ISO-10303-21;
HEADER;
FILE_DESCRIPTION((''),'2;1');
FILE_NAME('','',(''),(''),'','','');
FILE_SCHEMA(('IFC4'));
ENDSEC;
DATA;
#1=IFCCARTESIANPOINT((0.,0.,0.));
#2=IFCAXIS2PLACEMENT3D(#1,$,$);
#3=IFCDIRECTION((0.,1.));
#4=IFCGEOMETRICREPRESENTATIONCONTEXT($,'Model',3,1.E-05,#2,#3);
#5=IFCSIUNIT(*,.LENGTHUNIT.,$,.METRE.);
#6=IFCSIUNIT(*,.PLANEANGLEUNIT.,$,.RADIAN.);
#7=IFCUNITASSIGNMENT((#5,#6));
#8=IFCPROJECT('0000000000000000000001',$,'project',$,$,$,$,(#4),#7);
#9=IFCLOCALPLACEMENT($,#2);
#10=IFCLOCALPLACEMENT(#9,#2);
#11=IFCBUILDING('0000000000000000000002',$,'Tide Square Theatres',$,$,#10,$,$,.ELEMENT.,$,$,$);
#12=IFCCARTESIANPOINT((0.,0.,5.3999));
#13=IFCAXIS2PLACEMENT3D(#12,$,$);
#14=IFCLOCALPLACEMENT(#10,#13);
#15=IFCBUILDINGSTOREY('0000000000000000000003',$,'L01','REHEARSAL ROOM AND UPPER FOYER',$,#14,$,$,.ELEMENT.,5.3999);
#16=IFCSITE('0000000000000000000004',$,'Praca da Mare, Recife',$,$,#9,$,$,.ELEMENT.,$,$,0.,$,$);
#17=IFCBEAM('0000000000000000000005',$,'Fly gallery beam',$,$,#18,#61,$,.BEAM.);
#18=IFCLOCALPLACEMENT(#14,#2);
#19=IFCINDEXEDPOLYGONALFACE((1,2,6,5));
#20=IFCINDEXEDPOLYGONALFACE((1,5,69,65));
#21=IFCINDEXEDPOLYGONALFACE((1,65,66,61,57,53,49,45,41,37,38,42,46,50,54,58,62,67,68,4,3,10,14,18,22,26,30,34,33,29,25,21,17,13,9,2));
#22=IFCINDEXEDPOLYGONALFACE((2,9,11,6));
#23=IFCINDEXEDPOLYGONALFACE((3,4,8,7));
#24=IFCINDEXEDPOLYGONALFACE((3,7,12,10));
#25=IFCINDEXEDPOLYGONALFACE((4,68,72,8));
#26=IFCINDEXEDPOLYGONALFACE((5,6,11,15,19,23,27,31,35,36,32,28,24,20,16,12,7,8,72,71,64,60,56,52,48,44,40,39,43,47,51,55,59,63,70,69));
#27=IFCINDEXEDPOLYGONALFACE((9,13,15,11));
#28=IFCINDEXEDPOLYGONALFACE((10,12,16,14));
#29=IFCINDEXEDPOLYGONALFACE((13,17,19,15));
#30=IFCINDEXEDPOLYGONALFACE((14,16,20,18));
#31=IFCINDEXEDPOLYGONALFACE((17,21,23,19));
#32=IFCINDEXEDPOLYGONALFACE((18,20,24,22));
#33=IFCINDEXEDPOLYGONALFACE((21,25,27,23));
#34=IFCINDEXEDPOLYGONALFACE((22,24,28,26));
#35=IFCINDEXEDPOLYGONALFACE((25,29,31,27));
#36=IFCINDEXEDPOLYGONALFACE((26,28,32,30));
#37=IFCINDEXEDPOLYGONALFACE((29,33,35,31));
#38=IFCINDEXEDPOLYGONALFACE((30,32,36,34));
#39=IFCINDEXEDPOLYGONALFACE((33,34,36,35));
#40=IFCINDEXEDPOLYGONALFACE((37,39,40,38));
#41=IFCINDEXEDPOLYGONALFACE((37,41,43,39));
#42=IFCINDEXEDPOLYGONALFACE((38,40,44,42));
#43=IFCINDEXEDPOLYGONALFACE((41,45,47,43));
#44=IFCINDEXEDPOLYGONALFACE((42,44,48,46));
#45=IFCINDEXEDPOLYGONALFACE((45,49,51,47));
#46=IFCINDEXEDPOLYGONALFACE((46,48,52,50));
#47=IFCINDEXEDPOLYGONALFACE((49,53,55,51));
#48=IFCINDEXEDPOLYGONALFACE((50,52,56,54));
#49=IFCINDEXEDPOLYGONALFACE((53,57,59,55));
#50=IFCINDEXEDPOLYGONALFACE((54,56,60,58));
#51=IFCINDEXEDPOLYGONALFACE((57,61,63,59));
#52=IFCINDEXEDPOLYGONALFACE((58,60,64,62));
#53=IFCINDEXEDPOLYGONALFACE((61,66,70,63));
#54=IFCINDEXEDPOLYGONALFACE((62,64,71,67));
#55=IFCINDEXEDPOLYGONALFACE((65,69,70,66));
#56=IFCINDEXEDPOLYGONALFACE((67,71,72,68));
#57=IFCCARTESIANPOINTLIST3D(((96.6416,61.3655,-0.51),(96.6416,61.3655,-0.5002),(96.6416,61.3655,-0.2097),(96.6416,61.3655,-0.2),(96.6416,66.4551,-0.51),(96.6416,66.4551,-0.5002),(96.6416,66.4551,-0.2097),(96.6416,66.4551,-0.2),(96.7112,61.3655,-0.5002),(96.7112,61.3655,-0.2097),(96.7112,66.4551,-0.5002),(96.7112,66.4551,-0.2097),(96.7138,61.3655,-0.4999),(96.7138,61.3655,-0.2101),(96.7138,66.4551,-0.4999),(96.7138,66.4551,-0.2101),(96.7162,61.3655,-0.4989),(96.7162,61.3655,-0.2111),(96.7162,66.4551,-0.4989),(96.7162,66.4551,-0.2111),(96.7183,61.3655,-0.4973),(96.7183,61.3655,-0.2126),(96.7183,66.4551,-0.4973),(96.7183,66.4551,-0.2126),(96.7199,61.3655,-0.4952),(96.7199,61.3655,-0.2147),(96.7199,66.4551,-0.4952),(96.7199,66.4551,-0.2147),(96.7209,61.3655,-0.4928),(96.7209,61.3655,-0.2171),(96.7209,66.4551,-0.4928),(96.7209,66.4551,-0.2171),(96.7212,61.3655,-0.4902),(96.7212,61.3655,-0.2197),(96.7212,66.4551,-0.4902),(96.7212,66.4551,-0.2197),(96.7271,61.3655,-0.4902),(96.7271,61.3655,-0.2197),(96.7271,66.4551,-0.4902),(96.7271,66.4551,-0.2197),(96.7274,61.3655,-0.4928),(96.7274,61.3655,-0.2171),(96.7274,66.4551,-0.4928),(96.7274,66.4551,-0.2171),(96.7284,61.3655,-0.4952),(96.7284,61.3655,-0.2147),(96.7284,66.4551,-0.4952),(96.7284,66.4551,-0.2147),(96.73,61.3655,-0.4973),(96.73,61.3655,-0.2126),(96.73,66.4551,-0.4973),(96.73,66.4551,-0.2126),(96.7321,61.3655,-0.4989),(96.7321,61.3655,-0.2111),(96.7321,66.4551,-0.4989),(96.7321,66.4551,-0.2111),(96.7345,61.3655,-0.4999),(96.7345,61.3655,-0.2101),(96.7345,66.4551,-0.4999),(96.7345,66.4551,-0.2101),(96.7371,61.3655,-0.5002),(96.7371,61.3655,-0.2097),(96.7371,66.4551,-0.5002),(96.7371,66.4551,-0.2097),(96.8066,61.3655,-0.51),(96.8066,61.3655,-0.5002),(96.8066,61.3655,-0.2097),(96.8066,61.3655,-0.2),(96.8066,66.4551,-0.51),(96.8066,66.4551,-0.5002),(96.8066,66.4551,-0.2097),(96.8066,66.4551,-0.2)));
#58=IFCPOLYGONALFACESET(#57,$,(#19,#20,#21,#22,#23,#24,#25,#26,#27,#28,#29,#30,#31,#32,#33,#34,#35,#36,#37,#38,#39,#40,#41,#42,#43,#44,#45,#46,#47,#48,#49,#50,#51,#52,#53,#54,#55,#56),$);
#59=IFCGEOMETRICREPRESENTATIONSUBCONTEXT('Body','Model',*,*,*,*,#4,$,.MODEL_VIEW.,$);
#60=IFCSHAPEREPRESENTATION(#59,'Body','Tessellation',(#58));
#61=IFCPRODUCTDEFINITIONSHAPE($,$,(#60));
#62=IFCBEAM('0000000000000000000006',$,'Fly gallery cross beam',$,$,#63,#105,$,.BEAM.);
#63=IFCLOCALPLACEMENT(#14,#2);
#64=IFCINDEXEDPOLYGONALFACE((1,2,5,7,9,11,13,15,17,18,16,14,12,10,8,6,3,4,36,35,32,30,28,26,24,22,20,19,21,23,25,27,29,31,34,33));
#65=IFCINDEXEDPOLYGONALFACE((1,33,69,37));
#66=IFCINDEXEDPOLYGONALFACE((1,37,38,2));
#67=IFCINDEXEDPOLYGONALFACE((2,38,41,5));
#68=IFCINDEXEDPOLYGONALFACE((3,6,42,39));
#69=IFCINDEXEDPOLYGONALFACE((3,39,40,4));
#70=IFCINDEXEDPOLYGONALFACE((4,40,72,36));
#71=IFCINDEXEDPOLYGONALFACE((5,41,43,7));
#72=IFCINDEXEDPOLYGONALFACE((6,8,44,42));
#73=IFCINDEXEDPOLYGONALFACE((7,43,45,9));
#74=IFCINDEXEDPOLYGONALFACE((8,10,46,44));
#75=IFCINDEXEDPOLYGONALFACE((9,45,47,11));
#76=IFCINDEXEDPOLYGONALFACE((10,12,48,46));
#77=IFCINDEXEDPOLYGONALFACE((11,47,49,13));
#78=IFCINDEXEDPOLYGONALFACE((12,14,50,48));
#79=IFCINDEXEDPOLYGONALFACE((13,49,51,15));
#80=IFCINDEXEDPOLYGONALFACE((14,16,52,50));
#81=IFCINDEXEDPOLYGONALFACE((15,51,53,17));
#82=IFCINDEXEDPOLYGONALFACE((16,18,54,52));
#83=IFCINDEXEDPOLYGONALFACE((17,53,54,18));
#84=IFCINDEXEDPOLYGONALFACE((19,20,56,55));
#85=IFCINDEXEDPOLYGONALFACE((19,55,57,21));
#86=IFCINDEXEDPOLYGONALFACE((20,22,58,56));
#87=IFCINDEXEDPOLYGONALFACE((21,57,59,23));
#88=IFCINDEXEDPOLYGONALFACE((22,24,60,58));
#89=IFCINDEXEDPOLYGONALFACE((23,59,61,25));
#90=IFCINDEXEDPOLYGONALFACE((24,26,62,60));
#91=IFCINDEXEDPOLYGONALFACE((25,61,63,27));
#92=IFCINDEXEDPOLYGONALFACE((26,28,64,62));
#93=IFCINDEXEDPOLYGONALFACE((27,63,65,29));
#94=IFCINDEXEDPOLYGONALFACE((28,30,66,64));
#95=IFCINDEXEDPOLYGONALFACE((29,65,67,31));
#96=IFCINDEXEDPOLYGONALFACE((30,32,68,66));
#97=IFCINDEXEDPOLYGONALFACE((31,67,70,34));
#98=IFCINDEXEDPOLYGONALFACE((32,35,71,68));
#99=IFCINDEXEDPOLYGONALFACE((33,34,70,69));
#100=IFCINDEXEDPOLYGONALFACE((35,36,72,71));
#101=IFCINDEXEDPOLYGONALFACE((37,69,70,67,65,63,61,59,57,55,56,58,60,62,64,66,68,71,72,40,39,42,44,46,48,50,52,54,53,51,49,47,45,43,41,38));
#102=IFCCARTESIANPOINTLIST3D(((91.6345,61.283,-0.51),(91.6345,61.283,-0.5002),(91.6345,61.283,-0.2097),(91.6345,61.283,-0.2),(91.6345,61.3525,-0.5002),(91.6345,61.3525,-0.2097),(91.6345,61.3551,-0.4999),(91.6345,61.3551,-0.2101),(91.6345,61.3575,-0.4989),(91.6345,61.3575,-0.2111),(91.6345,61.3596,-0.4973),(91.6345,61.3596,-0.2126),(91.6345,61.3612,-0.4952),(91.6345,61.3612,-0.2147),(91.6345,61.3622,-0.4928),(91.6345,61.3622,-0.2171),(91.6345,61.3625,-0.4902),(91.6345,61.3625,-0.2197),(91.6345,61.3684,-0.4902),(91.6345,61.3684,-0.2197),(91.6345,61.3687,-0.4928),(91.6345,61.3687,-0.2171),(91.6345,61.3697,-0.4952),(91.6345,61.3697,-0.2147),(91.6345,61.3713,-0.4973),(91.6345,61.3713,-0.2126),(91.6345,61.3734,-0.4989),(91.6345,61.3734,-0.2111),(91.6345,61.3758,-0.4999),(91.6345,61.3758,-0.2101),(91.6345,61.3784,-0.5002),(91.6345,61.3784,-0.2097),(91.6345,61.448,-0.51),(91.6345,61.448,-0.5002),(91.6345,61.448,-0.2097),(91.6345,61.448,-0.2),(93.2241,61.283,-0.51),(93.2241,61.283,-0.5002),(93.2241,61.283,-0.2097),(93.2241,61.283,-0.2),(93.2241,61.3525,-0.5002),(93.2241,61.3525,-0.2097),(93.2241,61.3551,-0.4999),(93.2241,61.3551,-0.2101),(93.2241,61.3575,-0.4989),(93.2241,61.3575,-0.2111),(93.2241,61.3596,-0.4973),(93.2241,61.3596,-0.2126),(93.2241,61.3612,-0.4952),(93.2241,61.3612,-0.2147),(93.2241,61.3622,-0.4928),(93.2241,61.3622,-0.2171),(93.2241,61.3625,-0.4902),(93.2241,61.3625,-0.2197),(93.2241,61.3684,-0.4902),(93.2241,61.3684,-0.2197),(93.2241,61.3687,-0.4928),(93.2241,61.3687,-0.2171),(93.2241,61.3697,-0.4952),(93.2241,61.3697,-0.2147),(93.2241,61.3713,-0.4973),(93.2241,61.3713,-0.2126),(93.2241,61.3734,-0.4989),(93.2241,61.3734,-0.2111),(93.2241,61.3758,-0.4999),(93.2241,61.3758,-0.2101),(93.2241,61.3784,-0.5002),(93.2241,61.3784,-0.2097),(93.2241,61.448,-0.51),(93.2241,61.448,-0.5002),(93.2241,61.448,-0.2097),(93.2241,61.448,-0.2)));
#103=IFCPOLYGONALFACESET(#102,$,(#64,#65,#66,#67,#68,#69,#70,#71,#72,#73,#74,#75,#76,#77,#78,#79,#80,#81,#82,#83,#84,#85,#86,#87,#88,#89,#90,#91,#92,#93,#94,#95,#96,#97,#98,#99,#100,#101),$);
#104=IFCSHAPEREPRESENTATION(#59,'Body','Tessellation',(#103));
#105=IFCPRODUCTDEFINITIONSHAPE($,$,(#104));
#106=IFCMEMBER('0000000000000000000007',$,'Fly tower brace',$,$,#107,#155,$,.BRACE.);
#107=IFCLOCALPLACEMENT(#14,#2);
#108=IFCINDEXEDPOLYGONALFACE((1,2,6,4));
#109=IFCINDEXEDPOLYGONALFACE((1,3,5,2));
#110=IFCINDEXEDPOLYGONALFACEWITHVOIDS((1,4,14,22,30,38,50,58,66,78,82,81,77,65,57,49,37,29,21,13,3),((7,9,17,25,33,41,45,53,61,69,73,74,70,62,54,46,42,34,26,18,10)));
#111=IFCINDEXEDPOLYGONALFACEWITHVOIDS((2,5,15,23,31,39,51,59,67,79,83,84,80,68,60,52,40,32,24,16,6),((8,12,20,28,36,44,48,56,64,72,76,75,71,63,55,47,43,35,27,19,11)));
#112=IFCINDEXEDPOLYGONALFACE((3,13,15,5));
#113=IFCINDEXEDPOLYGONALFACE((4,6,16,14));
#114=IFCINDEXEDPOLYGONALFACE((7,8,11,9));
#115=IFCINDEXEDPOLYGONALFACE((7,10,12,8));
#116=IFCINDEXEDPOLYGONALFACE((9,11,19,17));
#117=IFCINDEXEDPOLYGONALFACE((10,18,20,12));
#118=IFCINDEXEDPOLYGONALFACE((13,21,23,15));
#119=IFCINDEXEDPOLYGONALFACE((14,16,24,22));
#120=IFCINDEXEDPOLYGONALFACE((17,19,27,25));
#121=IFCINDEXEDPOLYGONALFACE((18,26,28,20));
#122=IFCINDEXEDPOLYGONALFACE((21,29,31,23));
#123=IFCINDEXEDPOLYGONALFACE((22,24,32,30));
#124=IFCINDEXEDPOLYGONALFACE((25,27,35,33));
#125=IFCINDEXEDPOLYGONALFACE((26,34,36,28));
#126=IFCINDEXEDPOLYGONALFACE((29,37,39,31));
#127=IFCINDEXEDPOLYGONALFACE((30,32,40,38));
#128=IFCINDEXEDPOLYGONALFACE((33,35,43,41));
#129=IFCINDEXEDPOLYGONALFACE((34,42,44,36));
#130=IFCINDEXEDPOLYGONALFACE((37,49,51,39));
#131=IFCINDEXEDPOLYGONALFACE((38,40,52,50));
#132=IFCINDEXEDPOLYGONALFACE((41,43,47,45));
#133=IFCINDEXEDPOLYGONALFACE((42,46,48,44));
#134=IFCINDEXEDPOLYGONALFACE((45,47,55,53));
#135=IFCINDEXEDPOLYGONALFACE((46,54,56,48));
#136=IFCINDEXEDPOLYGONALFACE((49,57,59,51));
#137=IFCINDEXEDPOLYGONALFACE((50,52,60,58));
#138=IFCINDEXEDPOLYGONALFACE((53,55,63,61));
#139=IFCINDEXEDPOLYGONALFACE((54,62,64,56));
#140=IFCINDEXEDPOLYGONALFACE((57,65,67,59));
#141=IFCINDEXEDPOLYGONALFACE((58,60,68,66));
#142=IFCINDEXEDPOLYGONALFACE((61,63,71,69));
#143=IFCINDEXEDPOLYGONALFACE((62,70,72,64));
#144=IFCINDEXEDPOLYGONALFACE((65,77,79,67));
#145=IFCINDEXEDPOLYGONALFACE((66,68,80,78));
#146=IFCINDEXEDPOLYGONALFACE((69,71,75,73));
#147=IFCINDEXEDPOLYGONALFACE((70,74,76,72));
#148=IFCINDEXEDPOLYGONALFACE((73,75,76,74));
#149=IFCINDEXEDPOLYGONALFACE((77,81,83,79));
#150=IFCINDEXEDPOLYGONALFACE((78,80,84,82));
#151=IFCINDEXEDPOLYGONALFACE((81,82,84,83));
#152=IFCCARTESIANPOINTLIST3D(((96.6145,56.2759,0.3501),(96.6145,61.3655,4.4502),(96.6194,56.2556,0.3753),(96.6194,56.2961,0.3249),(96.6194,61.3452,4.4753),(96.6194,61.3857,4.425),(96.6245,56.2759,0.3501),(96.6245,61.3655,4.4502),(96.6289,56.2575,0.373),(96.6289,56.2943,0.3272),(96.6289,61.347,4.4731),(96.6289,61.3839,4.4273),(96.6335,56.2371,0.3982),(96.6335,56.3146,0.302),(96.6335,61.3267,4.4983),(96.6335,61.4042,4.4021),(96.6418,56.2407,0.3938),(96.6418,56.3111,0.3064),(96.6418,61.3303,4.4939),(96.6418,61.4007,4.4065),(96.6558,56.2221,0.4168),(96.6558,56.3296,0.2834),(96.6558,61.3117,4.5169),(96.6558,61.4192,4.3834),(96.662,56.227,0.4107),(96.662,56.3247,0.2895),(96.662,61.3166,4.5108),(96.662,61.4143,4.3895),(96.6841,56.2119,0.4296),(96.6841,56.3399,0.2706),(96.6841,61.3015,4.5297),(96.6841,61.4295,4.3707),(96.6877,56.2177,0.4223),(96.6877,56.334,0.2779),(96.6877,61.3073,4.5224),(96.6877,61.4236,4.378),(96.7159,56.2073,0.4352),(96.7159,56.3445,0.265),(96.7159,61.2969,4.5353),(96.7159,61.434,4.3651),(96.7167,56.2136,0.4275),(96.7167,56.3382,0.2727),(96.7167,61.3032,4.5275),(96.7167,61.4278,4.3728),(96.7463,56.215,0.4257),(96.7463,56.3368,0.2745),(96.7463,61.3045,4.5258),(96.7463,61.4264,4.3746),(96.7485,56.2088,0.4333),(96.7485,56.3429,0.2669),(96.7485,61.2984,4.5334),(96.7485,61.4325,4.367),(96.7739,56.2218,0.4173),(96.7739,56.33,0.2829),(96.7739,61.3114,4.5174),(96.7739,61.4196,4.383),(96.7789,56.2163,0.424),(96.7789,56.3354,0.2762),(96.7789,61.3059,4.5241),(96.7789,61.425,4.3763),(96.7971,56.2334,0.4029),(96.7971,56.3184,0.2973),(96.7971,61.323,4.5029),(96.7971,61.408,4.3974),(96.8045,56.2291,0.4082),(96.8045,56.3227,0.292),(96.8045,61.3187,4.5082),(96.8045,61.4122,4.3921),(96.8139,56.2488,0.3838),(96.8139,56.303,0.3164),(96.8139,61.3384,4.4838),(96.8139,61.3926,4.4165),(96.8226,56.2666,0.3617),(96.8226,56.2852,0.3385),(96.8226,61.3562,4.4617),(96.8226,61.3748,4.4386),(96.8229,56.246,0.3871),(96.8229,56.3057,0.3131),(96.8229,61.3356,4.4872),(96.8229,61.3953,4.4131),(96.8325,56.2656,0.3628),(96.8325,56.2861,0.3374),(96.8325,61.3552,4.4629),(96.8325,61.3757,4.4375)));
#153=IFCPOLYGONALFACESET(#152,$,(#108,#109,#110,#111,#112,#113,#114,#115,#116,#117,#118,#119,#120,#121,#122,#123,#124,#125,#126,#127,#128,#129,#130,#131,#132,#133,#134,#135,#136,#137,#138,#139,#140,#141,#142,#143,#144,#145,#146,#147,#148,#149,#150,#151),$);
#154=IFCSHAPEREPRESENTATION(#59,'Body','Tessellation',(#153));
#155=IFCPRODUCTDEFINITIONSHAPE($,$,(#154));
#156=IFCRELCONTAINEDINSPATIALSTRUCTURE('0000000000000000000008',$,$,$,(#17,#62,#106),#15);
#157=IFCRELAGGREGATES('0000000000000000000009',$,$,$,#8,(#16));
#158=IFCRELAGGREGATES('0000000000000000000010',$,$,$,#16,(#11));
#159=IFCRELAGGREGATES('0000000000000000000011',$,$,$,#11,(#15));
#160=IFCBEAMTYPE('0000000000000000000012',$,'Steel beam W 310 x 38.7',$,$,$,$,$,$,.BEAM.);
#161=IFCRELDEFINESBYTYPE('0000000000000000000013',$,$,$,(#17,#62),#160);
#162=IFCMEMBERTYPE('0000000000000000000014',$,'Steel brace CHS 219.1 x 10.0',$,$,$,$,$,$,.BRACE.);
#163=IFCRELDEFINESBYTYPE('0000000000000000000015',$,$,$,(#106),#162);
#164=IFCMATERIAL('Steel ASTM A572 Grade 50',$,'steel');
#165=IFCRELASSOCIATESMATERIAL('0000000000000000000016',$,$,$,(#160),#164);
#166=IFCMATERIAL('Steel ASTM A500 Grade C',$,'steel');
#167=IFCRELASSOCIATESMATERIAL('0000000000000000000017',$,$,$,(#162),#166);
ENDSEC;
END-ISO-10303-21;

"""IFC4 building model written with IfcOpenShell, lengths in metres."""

from ifc_helpers import new_model, si_unit, direction, frame, origin, origin_2d, place, context, subcontext, project, spatial, hollow_circle, i_section, extrude, material, material_profile, profile_set, type_object, element, save


model = new_model("IFC4")

# Units and contexts
model_context = context("Model", 3, precision=1e-05, world=origin(), true_north=direction((0.0, 1.0)))
body_context = subcontext(model_context, "Body", "Model", "MODEL_VIEW")
ifc_project = project(units=[si_unit("LENGTHUNIT", "METRE"), si_unit("PLANEANGLEUNIT", "RADIAN")], contexts=[model_context])

# Site, building, storey
site_placement = place(None, origin())
site = spatial("IfcSite", under=ifc_project, at=site_placement, Name="Praca da Mare, Recife", CompositionType="ELEMENT", RefElevation=0.0)
building_placement = place(site_placement, origin())
building = spatial("IfcBuilding", under=site, at=building_placement, Name="Tide Square Theatres", CompositionType="ELEMENT")
storey_placement = place(building_placement, frame((0.0, 0.0, 5.3999)))
storey = spatial("IfcBuildingStorey", under=building, at=storey_placement, Name="L01", Description="REHEARSAL ROOM AND UPPER FOYER", CompositionType="ELEMENT", Elevation=5.3999)

# Beams
ifc_material_1 = material(Name="Steel ASTM A572 Grade 50", Category="steel")
ifc_material_profile_1 = material_profile(ifc_material_1, i_section(OverallWidth=0.165, OverallDepth=0.3101, WebThickness=0.0059, FlangeThickness=0.0098, FilletRadius=0.01, at=origin_2d()))
ifc_profile_set_1 = profile_set([ifc_material_profile_1], Name="Steel ASTM A572 Grade 50")
beam_type = type_object("IfcBeamType", Name="Steel beam W 310 x 38.7", PredefinedType="BEAM", material=ifc_profile_set_1)
for number, where, z_axis, x_axis, name in (
    (1, (96.7241, 61.3655, -0.355), (0.0, 1.0, 0.0), (-1.0, 0.0, 0.0), "Fly gallery beam"),
):
    element("IfcBeam", number, at=place(storey_placement, frame(where, z_axis=z_axis, x_axis=x_axis)), inside=storey, type_object=beam_type, Name=name, PredefinedType="BEAM", context=body_context, shape_type="SweptSolid", body=[
        extrude(i_section(OverallWidth=0.165, OverallDepth=0.3101, WebThickness=0.0059, FlangeThickness=0.0098, FilletRadius=0.01, at=origin_2d()), origin(), (0.0, 0.0, 1.0), 5.0896),
    ])
beam_placement = place(storey_placement, frame((91.6345, 61.3655, -0.355), z_axis=(1.0, 0.0, 0.0), x_axis=(0.0, 1.0, 0.0)))
element("IfcBeam", 2, at=beam_placement, inside=storey, type_object=beam_type, Name="Fly gallery cross beam", PredefinedType="BEAM", context=body_context, shape_type="SweptSolid", body=[
    extrude(i_section(OverallWidth=0.165, OverallDepth=0.3101, WebThickness=0.0059, FlangeThickness=0.0098, FilletRadius=0.01, at=origin_2d()), origin(), (0.0, 0.0, 1.0), 1.5896),
])

# Member
ifc_material_2 = material(Name="Steel ASTM A500 Grade C", Category="steel")
ifc_material_profile_2 = material_profile(ifc_material_2, hollow_circle(Radius=0.1096, WallThickness=0.01, at=origin_2d()))
ifc_profile_set_2 = profile_set([ifc_material_profile_2], Name="Steel ASTM A500 Grade C")
member_type = type_object("IfcMemberType", Name="Steel brace CHS 219.1 x 10.0", PredefinedType="BRACE", material=ifc_profile_set_2)
member_1_placement = place(storey_placement, frame((96.7241, 56.2759, 0.3501), z_axis=(0.0, 0.778743, 0.627343), x_axis=(-1.0, 0.0, 0.0)))
element("IfcMember", 3, at=member_1_placement, inside=storey, type_object=member_type, Name="Fly tower brace", PredefinedType="BRACE", context=body_context, shape_type="SweptSolid", body=[
    extrude(hollow_circle(Radius=0.1096, WallThickness=0.01, at=origin_2d()), origin(), (0.0, 0.0, 1.0), 6.5356),
])

save(model, "model.ifc")
